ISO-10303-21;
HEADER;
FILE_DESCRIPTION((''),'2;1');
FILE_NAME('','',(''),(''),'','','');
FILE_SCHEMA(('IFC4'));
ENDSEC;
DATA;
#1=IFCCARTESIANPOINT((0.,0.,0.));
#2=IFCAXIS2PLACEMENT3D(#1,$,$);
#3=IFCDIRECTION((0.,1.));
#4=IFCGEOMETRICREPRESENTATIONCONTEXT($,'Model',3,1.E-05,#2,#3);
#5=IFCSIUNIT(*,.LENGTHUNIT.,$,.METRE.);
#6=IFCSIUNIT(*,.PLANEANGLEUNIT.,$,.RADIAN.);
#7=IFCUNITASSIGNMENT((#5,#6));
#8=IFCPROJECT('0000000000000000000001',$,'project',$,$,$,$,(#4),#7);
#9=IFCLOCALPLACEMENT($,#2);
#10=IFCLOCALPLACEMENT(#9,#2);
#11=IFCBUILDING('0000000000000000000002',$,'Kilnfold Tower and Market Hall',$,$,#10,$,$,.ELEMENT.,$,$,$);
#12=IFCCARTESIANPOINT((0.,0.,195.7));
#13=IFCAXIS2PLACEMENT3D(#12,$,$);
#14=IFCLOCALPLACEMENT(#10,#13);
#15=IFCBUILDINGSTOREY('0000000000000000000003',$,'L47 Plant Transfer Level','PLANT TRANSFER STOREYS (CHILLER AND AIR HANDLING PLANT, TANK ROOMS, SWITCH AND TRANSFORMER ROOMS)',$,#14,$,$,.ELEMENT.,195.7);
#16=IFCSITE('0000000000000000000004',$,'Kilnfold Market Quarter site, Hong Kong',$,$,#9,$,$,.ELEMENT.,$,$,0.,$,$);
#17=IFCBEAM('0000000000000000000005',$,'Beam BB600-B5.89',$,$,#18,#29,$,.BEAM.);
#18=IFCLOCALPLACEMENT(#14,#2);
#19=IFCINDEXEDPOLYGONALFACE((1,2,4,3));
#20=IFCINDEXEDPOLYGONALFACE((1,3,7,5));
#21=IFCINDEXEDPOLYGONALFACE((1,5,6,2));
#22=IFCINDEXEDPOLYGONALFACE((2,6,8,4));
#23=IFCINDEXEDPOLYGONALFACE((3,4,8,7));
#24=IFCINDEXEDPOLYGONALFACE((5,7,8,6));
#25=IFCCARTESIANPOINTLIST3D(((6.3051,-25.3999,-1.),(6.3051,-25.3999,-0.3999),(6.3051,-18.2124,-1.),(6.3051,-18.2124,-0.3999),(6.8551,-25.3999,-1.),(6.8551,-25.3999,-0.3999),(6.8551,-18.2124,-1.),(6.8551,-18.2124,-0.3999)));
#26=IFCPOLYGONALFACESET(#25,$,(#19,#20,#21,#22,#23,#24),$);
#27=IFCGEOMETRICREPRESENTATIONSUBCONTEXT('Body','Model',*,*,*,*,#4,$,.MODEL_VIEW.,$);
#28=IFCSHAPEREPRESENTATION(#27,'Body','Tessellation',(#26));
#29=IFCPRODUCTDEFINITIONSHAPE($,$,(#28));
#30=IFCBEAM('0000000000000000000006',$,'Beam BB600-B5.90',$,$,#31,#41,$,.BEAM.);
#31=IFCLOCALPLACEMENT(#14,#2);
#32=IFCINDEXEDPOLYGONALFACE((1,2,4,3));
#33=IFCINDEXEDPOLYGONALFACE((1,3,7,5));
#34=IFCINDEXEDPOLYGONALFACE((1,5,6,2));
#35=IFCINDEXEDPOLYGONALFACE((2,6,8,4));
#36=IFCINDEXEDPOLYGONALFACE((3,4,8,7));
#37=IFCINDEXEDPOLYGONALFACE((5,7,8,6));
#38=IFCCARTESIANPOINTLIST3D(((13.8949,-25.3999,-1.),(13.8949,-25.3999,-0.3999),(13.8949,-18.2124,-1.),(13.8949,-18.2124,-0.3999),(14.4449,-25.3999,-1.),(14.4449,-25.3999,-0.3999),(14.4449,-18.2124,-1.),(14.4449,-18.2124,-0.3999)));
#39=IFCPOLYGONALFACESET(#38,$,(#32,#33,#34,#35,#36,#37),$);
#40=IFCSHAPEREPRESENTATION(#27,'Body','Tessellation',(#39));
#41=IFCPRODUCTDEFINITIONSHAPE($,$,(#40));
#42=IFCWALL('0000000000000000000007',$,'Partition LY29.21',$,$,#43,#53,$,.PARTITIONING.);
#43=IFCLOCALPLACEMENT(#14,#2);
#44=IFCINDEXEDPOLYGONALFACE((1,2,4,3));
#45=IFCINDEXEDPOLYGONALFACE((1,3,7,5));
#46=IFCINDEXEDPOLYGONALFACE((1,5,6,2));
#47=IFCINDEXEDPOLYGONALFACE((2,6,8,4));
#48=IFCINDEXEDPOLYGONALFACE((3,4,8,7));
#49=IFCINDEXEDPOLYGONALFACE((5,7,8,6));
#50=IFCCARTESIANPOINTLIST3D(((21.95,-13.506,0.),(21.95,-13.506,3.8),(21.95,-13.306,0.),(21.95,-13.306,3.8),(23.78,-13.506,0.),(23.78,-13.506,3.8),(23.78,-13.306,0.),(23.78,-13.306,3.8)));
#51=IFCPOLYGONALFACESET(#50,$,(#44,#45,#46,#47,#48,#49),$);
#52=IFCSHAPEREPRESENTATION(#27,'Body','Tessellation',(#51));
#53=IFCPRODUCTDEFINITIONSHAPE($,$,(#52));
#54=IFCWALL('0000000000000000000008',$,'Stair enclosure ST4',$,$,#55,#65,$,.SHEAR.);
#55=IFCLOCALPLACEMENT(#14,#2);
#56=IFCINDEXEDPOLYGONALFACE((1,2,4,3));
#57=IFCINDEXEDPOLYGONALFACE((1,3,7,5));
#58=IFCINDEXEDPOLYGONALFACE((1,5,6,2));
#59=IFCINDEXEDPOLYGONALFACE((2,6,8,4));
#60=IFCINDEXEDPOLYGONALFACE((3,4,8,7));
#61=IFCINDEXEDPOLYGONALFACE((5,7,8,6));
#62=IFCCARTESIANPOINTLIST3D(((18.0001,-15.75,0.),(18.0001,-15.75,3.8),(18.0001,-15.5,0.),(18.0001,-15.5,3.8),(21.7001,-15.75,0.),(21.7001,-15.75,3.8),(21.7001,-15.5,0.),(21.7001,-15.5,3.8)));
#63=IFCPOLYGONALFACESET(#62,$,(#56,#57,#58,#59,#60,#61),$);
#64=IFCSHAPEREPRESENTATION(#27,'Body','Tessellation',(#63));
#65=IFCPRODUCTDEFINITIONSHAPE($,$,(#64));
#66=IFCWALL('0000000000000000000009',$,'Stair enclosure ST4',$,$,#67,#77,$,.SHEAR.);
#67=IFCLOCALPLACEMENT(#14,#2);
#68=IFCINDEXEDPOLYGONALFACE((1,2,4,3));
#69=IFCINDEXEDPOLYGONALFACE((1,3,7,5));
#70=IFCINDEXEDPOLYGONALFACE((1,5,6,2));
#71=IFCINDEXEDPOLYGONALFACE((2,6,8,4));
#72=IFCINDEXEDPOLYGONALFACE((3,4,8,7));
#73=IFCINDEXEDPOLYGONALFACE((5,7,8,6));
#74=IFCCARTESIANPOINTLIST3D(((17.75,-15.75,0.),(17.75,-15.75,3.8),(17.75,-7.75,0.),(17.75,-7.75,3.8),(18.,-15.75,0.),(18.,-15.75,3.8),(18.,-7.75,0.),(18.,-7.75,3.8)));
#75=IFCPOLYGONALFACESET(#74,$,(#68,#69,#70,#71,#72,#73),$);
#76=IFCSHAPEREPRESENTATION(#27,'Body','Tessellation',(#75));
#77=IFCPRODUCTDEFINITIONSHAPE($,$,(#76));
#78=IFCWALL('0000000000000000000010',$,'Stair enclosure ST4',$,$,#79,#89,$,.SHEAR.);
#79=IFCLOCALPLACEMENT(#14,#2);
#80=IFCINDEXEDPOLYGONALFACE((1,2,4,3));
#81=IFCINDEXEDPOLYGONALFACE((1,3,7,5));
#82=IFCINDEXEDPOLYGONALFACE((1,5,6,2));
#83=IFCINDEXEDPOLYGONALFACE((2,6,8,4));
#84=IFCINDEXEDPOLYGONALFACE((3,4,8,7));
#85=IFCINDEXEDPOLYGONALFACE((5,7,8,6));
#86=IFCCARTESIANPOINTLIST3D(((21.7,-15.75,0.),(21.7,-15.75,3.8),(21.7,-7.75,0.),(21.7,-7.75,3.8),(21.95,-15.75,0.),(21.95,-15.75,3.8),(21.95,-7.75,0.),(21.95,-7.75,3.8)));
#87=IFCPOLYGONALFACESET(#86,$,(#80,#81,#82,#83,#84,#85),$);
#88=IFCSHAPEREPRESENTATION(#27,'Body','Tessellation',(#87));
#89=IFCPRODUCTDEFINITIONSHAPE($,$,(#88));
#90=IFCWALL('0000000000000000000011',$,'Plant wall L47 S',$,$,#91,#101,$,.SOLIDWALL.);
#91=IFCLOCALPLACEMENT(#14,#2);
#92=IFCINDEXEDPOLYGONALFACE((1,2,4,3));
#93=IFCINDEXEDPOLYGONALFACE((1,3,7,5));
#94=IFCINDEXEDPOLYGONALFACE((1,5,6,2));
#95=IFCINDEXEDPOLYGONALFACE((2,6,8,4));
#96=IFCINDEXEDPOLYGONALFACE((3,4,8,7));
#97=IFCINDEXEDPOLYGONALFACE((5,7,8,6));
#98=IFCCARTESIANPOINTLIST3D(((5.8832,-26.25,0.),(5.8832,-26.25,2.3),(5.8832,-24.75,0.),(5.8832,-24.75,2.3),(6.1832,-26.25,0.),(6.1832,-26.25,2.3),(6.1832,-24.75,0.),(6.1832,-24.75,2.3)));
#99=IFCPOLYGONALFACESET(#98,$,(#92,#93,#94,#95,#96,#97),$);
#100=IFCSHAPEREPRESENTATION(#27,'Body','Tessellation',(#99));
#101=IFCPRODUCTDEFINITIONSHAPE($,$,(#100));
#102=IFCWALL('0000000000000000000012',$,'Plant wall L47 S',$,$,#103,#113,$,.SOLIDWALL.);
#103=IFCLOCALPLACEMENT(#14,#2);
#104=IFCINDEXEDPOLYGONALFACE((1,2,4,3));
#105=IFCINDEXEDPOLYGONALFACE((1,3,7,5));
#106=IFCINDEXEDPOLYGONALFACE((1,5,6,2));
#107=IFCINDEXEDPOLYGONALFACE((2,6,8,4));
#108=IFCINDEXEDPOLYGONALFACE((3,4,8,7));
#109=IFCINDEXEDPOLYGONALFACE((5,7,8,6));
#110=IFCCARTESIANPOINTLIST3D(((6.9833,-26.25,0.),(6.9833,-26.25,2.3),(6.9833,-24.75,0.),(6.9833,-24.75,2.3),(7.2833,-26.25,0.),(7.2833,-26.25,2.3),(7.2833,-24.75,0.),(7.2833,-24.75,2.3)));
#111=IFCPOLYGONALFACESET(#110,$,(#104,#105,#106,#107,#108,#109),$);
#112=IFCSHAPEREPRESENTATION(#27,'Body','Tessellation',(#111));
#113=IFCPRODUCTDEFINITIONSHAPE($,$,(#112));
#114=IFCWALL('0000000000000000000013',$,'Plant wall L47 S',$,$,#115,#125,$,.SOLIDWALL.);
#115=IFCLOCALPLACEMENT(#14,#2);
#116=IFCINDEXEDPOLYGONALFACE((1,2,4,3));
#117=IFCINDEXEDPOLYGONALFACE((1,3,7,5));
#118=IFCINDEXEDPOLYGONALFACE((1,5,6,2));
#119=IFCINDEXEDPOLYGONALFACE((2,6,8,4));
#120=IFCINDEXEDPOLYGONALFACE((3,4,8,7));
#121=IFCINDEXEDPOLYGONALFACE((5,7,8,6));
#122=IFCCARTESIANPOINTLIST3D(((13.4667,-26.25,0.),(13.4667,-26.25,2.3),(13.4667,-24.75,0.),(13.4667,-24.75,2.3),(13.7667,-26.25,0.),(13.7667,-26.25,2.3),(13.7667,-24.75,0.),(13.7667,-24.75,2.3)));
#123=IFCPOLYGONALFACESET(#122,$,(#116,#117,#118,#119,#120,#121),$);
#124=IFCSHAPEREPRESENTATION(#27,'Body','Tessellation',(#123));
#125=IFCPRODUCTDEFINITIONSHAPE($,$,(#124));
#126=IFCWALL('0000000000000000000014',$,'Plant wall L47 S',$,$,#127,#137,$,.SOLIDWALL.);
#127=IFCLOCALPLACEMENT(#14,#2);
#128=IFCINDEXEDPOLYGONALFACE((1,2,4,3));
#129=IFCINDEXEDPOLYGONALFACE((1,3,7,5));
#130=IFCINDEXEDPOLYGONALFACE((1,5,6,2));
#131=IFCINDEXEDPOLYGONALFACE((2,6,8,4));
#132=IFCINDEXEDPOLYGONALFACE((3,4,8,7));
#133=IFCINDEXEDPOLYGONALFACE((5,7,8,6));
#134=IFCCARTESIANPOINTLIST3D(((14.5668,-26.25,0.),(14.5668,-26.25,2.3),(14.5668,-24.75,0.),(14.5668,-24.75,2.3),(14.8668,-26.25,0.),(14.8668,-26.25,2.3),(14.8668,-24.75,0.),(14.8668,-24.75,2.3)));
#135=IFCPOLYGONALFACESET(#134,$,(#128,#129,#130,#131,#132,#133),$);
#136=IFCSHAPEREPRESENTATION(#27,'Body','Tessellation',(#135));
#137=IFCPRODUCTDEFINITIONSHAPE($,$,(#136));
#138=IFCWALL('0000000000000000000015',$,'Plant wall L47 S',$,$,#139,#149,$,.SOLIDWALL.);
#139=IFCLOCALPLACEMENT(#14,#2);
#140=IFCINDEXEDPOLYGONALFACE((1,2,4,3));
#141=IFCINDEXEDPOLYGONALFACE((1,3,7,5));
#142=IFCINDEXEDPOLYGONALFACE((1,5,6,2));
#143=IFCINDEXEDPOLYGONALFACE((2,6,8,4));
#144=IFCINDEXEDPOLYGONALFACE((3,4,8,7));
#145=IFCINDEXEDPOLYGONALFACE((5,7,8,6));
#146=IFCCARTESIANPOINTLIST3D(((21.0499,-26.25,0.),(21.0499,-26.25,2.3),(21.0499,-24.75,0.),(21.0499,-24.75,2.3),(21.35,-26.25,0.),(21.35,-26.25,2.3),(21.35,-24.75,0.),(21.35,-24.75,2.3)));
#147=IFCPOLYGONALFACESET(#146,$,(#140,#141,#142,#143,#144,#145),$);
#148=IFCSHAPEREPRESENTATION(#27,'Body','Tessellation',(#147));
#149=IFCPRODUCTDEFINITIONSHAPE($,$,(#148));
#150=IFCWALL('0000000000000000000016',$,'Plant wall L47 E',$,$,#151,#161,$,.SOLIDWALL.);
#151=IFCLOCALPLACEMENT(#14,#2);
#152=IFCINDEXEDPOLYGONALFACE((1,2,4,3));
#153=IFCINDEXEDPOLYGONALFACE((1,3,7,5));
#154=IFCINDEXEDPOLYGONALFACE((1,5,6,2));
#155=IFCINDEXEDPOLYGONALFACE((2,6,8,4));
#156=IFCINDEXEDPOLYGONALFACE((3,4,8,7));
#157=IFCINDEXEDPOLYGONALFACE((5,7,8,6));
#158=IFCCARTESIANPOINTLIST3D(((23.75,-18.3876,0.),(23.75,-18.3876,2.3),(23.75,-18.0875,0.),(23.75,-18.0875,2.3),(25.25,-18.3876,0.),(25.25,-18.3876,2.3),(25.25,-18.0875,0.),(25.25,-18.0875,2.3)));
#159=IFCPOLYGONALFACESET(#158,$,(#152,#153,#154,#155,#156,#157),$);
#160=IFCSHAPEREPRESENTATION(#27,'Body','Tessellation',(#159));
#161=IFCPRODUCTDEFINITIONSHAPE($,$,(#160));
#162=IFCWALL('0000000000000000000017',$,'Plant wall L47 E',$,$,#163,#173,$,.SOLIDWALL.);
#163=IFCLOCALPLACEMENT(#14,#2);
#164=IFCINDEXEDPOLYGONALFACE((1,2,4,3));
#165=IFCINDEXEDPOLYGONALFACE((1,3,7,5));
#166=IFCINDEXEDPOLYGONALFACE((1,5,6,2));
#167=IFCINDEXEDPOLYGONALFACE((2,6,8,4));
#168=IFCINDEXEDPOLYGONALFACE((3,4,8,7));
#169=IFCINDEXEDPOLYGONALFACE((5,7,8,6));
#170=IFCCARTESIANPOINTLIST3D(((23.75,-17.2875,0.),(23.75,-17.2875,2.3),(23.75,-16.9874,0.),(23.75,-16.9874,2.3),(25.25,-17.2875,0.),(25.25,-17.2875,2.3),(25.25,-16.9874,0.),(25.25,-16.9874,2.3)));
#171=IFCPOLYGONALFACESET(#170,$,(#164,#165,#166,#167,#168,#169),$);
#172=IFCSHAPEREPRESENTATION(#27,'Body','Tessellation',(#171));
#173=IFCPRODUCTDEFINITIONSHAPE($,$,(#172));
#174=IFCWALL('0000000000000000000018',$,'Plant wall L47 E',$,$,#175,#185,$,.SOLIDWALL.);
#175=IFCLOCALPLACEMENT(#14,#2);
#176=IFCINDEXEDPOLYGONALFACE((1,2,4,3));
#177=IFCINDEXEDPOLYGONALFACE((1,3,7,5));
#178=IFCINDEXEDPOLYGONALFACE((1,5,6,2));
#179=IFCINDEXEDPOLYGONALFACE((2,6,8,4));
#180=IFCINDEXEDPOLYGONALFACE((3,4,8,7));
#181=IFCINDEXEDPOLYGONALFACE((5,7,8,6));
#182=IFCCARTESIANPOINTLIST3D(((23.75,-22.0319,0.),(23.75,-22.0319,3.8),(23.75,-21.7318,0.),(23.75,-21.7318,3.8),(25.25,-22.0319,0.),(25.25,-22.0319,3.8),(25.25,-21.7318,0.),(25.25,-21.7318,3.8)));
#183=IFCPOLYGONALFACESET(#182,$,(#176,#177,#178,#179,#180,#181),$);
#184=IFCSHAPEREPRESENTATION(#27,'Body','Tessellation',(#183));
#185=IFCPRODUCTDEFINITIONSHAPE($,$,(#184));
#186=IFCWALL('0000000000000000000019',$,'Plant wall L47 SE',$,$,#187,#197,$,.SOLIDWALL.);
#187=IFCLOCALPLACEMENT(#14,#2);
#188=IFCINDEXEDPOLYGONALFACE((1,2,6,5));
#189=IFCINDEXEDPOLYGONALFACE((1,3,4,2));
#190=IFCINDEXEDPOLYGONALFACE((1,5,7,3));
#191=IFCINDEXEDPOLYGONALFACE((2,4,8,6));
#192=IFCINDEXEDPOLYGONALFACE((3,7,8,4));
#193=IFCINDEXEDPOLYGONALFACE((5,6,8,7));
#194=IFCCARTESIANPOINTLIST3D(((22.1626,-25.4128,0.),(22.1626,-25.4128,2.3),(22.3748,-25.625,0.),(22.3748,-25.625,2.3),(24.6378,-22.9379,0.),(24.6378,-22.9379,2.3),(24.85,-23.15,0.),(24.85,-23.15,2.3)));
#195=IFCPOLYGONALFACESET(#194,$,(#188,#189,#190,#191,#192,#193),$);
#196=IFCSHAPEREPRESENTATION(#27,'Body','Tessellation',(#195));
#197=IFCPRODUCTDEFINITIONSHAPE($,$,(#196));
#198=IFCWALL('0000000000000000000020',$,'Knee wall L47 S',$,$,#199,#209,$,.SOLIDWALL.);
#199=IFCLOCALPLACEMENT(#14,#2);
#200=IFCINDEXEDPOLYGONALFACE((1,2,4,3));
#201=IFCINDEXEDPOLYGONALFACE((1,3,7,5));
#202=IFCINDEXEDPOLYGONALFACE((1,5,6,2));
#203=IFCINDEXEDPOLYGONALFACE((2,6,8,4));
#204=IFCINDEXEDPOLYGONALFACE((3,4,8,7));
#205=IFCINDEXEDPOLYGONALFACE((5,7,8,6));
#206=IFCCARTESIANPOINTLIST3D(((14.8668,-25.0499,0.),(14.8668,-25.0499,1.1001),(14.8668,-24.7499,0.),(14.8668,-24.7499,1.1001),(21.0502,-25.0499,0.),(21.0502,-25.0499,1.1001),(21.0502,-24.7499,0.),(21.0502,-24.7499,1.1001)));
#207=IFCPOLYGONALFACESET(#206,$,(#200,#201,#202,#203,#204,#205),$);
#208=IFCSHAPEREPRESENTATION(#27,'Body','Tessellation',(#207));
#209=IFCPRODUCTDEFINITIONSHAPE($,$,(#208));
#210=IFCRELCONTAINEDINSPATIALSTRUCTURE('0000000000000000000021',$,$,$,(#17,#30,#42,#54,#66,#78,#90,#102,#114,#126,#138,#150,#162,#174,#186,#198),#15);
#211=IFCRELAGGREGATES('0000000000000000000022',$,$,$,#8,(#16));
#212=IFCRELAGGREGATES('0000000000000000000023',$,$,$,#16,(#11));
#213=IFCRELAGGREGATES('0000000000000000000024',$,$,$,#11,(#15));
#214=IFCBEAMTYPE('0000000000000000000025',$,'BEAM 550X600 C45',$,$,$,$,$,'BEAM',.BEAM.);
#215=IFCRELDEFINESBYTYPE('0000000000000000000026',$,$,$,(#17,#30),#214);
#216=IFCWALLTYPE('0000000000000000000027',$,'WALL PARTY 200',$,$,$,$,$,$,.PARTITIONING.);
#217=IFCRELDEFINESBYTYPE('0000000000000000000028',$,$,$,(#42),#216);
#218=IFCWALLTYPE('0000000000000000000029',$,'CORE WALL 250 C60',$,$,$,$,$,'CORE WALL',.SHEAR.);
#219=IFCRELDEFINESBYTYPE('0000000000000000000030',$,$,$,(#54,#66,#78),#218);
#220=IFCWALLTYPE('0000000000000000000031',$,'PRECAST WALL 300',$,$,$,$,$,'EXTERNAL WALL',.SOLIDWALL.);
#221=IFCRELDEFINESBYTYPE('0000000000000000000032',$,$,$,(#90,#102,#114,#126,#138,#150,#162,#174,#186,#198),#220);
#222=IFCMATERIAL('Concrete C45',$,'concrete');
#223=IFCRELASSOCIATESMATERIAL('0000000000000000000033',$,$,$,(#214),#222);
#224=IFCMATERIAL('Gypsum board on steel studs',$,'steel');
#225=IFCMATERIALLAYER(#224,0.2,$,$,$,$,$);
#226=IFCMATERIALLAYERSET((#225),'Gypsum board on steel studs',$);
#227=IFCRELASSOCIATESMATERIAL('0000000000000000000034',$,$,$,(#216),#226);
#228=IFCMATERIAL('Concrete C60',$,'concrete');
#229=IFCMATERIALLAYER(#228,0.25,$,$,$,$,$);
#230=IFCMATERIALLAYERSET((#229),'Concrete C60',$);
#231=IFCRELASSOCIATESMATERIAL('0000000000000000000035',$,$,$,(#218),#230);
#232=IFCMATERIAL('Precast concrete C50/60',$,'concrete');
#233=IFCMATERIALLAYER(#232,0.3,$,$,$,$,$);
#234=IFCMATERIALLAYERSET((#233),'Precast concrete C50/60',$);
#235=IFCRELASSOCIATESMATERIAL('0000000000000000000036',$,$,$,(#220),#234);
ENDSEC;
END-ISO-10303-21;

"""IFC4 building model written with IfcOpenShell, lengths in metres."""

from ifc_helpers import new_model, si_unit, direction, frame, frame_2d, origin, origin_2d, place, context, subcontext, project, spatial, rectangle, extrude, source, transform, mapped, material, layer, layer_set, material_profile, profile_set, type_object, element, save


model = new_model("IFC4")

# Units and contexts
model_context = context("Model", 3, precision=1e-05, world=origin(), true_north=direction((0.0, 1.0)))
body_context = subcontext(model_context, "Body", "Model", "MODEL_VIEW")
ifc_project = project(units=[si_unit("LENGTHUNIT", "METRE"), si_unit("PLANEANGLEUNIT", "RADIAN")], contexts=[model_context])

# Site, building, storey
site_placement = place(None, origin())
site = spatial("IfcSite", under=ifc_project, at=site_placement, Name="Kilnfold Market Quarter site, Hong Kong", CompositionType="ELEMENT", RefElevation=0.0)
building_placement = place(site_placement, origin())
building = spatial("IfcBuilding", under=site, at=building_placement, Name="Kilnfold Tower and Market Hall", CompositionType="ELEMENT")
storey_placement = place(building_placement, frame((0.0, 0.0, 195.7)))
storey = spatial("IfcBuildingStorey", under=building, at=storey_placement, Name="L47 Plant Transfer Level", Description="PLANT TRANSFER STOREYS (CHILLER AND AIR HANDLING PLANT, TANK ROOMS, SWITCH AND TRANSFORMER ROOMS)", CompositionType="ELEMENT", Elevation=195.7)

# Beams
ifc_material_1 = material(Name="Concrete C45", Category="concrete")
ifc_material_profile_1 = material_profile(ifc_material_1, rectangle(XDim=0.55, YDim=0.6001, at=origin_2d()), Name="RC 550x600")
ifc_profile_set_1 = profile_set([ifc_material_profile_1], Name="Concrete C45")
beam_type_1 = type_object("IfcBeamType", Name="BEAM 550X600 C45", ElementType="BEAM", PredefinedType="BEAM", material=ifc_profile_set_1)
shared_shape_1 = source(origin(), body_context, "Body", "SweptSolid", [
    extrude(rectangle(XDim=0.55, YDim=0.6001, at=origin_2d()), origin(), (0.0, 0.0, 1.0), 7.1875),
])
for number, where, z_axis, x_axis, name in (
    (1, (6.5801, -25.3999, -0.7), (0.0, 1.0, 0.0), (-1.0, 0.0, 0.0), "Beam BB600-B5.89"),
    (2, (14.1699, -25.3999, -0.7), (0.0, 1.0, 0.0), (-1.0, 0.0, 0.0), "Beam BB600-B5.90"),
):
    element("IfcBeam", number, at=place(storey_placement, frame(where, z_axis=z_axis, x_axis=x_axis)), inside=storey, type_object=beam_type_1, Name=name, PredefinedType="BEAM", context=body_context, shape_type="MappedRepresentation", body=[
        mapped(shared_shape_1, transform((0.0, 0.0, 0.0))),
    ])

# Walls
ifc_material_2 = material(Name="Gypsum board on steel studs", Category="steel")
ifc_layer_1 = layer(ifc_material_2, 0.2)
ifc_layer_set_1 = layer_set([ifc_layer_1], Name="Gypsum board on steel studs")
wall_type_1 = type_object("IfcWallType", Name="WALL PARTY 200", PredefinedType="PARTITIONING", material=ifc_layer_set_1)
wall_1_placement = place(storey_placement, frame((23.78, -13.406, 0.0), z_axis=(0.0, 0.0, 1.0), x_axis=(-1.0, 0.0, 0.0)))
element("IfcWall", 3, at=wall_1_placement, inside=storey, type_object=wall_type_1, Name="Partition LY29.21", PredefinedType="PARTITIONING", context=body_context, shape_type="SweptSolid", body=[
    extrude(rectangle(XDim=1.8301, YDim=0.2, at=frame_2d((0.915, 0.0))), origin(), (0.0, 0.0, 1.0), 3.8),
])
ifc_material_3 = material(Name="Concrete C60", Category="concrete")
ifc_layer_2 = layer(ifc_material_3, 0.25)
ifc_layer_set_2 = layer_set([ifc_layer_2], Name="Concrete C60")
wall_type_2 = type_object("IfcWallType", Name="CORE WALL 250 C60", ElementType="CORE WALL", PredefinedType="SHEAR", material=ifc_layer_set_2)
shared_shape_2 = source(origin(), body_context, "Body", "SweptSolid", [
    extrude(rectangle(XDim=3.7, YDim=0.25, at=frame_2d((1.8501, 0.0))), origin(), (0.0, 0.0, 1.0), 3.8),
])
wall_2_placement = place(storey_placement, frame((18.0, -15.625, 0.0), z_axis=(0.0, 0.0, 1.0), x_axis=(1.0, 0.0, 0.0)))
element("IfcWall", 4, at=wall_2_placement, inside=storey, type_object=wall_type_2, Name="Stair enclosure ST4", PredefinedType="SHEAR", context=body_context, shape_type="MappedRepresentation", body=[
    mapped(shared_shape_2, transform((0.0, 0.0, 0.0))),
])
shared_shape_3 = source(origin(), body_context, "Body", "SweptSolid", [
    extrude(rectangle(XDim=8.0, YDim=0.25, at=frame_2d((4.0, 0.0))), origin(), (0.0, 0.0, 1.0), 3.8),
])
for number, where, z_axis, x_axis, name in (
    (5, (17.875, -15.75, 0.0), (0.0, 0.0, 1.0), (0.0, 1.0, 0.0), "Stair enclosure ST4"),
    (6, (21.825, -15.75, 0.0), (0.0, 0.0, 1.0), (0.0, 1.0, 0.0), "Stair enclosure ST4"),
):
    element("IfcWall", number, at=place(storey_placement, frame(where, z_axis=z_axis, x_axis=x_axis)), inside=storey, type_object=wall_type_2, Name=name, PredefinedType="SHEAR", context=body_context, shape_type="MappedRepresentation", body=[
        mapped(shared_shape_3, transform((0.0, 0.0, 0.0))),
    ])
ifc_material_4 = material(Name="Precast concrete C50/60", Category="concrete")
ifc_layer_3 = layer(ifc_material_4, 0.3)
ifc_layer_set_3 = layer_set([ifc_layer_3], Name="Precast concrete C50/60")
wall_type_3 = type_object("IfcWallType", Name="PRECAST WALL 300", ElementType="EXTERNAL WALL", PredefinedType="SOLIDWALL", material=ifc_layer_set_3)
shared_shape_4 = source(origin(), body_context, "Body", "SweptSolid", [
    extrude(rectangle(XDim=1.5, YDim=0.3, at=frame_2d((0.75, 0.0))), origin(), (0.0, 0.0, 1.0), 2.3),
])
for number, where, z_axis, x_axis, name in (
    (7, (6.0332, -26.25, 0.0), (0.0, 0.0, 1.0), (0.0, 1.0, 0.0), "Plant wall L47 S"),
    (8, (7.1333, -26.25, 0.0), (0.0, 0.0, 1.0), (0.0, 1.0, 0.0), "Plant wall L47 S"),
    (9, (13.6167, -26.25, 0.0), (0.0, 0.0, 1.0), (0.0, 1.0, 0.0), "Plant wall L47 S"),
    (10, (14.7168, -26.25, 0.0), (0.0, 0.0, 1.0), (0.0, 1.0, 0.0), "Plant wall L47 S"),
    (11, (21.2, -26.25, 0.0), (0.0, 0.0, 1.0), (0.0, 1.0, 0.0), "Plant wall L47 S"),
    (12, (25.25, -18.2375, 0.0), (0.0, 0.0, 1.0), (-1.0, 0.0, 0.0), "Plant wall L47 E"),
    (13, (25.25, -17.1375, 0.0), (0.0, 0.0, 1.0), (-1.0, 0.0, 0.0), "Plant wall L47 E"),
):
    element("IfcWall", number, at=place(storey_placement, frame(where, z_axis=z_axis, x_axis=x_axis)), inside=storey, type_object=wall_type_3, Name=name, PredefinedType="SOLIDWALL", context=body_context, shape_type="MappedRepresentation", body=[
        mapped(shared_shape_4, transform((0.0, 0.0, 0.0))),
    ])
shared_shape_5 = source(origin(), body_context, "Body", "SweptSolid", [
    extrude(rectangle(XDim=1.5, YDim=0.3, at=frame_2d((0.75, 0.0))), origin(), (0.0, 0.0, 1.0), 3.8),
])
wall_3_placement = place(storey_placement, frame((25.25, -21.8818, 0.0), z_axis=(0.0, 0.0, 1.0), x_axis=(-1.0, 0.0, 0.0)))
element("IfcWall", 14, at=wall_3_placement, inside=storey, type_object=wall_type_3, Name="Plant wall L47 E", PredefinedType="SOLIDWALL", context=body_context, shape_type="MappedRepresentation", body=[
    mapped(shared_shape_5, transform((0.0, 0.0, 0.0))),
])
shared_shape_6 = source(origin(), body_context, "Body", "SweptSolid", [
    extrude(rectangle(XDim=3.5002, YDim=0.3, at=frame_2d((1.75, 0.0))), origin(), (0.0, 0.0, 1.0), 2.3),
])
wall_4_placement = place(storey_placement, frame((22.2688, -25.5188, 0.0), z_axis=(0.0, 0.0, 1.0), x_axis=(0.707142, 0.707072, 0.0)))
element("IfcWall", 15, at=wall_4_placement, inside=storey, type_object=wall_type_3, Name="Plant wall L47 SE", PredefinedType="SOLIDWALL", context=body_context, shape_type="MappedRepresentation", body=[
    mapped(shared_shape_6, transform((0.0, 0.0, 0.0))),
])
shared_shape_7 = source(origin(), body_context, "Body", "SweptSolid", [
    extrude(rectangle(XDim=6.1833, YDim=0.3, at=frame_2d((3.0918, 0.0))), origin(), (0.0, 0.0, 1.0), 1.1001),
])
wall_5_placement = place(storey_placement, frame((14.8667, -24.8999, 0.0), z_axis=(0.0, 0.0, 1.0), x_axis=(1.0, 0.0, 0.0)))
element("IfcWall", 16, at=wall_5_placement, inside=storey, type_object=wall_type_3, Name="Knee wall L47 S", PredefinedType="SOLIDWALL", context=body_context, shape_type="MappedRepresentation", body=[
    mapped(shared_shape_7, transform((0.0, 0.0, 0.0))),
])

save(model, "model.ifc")
